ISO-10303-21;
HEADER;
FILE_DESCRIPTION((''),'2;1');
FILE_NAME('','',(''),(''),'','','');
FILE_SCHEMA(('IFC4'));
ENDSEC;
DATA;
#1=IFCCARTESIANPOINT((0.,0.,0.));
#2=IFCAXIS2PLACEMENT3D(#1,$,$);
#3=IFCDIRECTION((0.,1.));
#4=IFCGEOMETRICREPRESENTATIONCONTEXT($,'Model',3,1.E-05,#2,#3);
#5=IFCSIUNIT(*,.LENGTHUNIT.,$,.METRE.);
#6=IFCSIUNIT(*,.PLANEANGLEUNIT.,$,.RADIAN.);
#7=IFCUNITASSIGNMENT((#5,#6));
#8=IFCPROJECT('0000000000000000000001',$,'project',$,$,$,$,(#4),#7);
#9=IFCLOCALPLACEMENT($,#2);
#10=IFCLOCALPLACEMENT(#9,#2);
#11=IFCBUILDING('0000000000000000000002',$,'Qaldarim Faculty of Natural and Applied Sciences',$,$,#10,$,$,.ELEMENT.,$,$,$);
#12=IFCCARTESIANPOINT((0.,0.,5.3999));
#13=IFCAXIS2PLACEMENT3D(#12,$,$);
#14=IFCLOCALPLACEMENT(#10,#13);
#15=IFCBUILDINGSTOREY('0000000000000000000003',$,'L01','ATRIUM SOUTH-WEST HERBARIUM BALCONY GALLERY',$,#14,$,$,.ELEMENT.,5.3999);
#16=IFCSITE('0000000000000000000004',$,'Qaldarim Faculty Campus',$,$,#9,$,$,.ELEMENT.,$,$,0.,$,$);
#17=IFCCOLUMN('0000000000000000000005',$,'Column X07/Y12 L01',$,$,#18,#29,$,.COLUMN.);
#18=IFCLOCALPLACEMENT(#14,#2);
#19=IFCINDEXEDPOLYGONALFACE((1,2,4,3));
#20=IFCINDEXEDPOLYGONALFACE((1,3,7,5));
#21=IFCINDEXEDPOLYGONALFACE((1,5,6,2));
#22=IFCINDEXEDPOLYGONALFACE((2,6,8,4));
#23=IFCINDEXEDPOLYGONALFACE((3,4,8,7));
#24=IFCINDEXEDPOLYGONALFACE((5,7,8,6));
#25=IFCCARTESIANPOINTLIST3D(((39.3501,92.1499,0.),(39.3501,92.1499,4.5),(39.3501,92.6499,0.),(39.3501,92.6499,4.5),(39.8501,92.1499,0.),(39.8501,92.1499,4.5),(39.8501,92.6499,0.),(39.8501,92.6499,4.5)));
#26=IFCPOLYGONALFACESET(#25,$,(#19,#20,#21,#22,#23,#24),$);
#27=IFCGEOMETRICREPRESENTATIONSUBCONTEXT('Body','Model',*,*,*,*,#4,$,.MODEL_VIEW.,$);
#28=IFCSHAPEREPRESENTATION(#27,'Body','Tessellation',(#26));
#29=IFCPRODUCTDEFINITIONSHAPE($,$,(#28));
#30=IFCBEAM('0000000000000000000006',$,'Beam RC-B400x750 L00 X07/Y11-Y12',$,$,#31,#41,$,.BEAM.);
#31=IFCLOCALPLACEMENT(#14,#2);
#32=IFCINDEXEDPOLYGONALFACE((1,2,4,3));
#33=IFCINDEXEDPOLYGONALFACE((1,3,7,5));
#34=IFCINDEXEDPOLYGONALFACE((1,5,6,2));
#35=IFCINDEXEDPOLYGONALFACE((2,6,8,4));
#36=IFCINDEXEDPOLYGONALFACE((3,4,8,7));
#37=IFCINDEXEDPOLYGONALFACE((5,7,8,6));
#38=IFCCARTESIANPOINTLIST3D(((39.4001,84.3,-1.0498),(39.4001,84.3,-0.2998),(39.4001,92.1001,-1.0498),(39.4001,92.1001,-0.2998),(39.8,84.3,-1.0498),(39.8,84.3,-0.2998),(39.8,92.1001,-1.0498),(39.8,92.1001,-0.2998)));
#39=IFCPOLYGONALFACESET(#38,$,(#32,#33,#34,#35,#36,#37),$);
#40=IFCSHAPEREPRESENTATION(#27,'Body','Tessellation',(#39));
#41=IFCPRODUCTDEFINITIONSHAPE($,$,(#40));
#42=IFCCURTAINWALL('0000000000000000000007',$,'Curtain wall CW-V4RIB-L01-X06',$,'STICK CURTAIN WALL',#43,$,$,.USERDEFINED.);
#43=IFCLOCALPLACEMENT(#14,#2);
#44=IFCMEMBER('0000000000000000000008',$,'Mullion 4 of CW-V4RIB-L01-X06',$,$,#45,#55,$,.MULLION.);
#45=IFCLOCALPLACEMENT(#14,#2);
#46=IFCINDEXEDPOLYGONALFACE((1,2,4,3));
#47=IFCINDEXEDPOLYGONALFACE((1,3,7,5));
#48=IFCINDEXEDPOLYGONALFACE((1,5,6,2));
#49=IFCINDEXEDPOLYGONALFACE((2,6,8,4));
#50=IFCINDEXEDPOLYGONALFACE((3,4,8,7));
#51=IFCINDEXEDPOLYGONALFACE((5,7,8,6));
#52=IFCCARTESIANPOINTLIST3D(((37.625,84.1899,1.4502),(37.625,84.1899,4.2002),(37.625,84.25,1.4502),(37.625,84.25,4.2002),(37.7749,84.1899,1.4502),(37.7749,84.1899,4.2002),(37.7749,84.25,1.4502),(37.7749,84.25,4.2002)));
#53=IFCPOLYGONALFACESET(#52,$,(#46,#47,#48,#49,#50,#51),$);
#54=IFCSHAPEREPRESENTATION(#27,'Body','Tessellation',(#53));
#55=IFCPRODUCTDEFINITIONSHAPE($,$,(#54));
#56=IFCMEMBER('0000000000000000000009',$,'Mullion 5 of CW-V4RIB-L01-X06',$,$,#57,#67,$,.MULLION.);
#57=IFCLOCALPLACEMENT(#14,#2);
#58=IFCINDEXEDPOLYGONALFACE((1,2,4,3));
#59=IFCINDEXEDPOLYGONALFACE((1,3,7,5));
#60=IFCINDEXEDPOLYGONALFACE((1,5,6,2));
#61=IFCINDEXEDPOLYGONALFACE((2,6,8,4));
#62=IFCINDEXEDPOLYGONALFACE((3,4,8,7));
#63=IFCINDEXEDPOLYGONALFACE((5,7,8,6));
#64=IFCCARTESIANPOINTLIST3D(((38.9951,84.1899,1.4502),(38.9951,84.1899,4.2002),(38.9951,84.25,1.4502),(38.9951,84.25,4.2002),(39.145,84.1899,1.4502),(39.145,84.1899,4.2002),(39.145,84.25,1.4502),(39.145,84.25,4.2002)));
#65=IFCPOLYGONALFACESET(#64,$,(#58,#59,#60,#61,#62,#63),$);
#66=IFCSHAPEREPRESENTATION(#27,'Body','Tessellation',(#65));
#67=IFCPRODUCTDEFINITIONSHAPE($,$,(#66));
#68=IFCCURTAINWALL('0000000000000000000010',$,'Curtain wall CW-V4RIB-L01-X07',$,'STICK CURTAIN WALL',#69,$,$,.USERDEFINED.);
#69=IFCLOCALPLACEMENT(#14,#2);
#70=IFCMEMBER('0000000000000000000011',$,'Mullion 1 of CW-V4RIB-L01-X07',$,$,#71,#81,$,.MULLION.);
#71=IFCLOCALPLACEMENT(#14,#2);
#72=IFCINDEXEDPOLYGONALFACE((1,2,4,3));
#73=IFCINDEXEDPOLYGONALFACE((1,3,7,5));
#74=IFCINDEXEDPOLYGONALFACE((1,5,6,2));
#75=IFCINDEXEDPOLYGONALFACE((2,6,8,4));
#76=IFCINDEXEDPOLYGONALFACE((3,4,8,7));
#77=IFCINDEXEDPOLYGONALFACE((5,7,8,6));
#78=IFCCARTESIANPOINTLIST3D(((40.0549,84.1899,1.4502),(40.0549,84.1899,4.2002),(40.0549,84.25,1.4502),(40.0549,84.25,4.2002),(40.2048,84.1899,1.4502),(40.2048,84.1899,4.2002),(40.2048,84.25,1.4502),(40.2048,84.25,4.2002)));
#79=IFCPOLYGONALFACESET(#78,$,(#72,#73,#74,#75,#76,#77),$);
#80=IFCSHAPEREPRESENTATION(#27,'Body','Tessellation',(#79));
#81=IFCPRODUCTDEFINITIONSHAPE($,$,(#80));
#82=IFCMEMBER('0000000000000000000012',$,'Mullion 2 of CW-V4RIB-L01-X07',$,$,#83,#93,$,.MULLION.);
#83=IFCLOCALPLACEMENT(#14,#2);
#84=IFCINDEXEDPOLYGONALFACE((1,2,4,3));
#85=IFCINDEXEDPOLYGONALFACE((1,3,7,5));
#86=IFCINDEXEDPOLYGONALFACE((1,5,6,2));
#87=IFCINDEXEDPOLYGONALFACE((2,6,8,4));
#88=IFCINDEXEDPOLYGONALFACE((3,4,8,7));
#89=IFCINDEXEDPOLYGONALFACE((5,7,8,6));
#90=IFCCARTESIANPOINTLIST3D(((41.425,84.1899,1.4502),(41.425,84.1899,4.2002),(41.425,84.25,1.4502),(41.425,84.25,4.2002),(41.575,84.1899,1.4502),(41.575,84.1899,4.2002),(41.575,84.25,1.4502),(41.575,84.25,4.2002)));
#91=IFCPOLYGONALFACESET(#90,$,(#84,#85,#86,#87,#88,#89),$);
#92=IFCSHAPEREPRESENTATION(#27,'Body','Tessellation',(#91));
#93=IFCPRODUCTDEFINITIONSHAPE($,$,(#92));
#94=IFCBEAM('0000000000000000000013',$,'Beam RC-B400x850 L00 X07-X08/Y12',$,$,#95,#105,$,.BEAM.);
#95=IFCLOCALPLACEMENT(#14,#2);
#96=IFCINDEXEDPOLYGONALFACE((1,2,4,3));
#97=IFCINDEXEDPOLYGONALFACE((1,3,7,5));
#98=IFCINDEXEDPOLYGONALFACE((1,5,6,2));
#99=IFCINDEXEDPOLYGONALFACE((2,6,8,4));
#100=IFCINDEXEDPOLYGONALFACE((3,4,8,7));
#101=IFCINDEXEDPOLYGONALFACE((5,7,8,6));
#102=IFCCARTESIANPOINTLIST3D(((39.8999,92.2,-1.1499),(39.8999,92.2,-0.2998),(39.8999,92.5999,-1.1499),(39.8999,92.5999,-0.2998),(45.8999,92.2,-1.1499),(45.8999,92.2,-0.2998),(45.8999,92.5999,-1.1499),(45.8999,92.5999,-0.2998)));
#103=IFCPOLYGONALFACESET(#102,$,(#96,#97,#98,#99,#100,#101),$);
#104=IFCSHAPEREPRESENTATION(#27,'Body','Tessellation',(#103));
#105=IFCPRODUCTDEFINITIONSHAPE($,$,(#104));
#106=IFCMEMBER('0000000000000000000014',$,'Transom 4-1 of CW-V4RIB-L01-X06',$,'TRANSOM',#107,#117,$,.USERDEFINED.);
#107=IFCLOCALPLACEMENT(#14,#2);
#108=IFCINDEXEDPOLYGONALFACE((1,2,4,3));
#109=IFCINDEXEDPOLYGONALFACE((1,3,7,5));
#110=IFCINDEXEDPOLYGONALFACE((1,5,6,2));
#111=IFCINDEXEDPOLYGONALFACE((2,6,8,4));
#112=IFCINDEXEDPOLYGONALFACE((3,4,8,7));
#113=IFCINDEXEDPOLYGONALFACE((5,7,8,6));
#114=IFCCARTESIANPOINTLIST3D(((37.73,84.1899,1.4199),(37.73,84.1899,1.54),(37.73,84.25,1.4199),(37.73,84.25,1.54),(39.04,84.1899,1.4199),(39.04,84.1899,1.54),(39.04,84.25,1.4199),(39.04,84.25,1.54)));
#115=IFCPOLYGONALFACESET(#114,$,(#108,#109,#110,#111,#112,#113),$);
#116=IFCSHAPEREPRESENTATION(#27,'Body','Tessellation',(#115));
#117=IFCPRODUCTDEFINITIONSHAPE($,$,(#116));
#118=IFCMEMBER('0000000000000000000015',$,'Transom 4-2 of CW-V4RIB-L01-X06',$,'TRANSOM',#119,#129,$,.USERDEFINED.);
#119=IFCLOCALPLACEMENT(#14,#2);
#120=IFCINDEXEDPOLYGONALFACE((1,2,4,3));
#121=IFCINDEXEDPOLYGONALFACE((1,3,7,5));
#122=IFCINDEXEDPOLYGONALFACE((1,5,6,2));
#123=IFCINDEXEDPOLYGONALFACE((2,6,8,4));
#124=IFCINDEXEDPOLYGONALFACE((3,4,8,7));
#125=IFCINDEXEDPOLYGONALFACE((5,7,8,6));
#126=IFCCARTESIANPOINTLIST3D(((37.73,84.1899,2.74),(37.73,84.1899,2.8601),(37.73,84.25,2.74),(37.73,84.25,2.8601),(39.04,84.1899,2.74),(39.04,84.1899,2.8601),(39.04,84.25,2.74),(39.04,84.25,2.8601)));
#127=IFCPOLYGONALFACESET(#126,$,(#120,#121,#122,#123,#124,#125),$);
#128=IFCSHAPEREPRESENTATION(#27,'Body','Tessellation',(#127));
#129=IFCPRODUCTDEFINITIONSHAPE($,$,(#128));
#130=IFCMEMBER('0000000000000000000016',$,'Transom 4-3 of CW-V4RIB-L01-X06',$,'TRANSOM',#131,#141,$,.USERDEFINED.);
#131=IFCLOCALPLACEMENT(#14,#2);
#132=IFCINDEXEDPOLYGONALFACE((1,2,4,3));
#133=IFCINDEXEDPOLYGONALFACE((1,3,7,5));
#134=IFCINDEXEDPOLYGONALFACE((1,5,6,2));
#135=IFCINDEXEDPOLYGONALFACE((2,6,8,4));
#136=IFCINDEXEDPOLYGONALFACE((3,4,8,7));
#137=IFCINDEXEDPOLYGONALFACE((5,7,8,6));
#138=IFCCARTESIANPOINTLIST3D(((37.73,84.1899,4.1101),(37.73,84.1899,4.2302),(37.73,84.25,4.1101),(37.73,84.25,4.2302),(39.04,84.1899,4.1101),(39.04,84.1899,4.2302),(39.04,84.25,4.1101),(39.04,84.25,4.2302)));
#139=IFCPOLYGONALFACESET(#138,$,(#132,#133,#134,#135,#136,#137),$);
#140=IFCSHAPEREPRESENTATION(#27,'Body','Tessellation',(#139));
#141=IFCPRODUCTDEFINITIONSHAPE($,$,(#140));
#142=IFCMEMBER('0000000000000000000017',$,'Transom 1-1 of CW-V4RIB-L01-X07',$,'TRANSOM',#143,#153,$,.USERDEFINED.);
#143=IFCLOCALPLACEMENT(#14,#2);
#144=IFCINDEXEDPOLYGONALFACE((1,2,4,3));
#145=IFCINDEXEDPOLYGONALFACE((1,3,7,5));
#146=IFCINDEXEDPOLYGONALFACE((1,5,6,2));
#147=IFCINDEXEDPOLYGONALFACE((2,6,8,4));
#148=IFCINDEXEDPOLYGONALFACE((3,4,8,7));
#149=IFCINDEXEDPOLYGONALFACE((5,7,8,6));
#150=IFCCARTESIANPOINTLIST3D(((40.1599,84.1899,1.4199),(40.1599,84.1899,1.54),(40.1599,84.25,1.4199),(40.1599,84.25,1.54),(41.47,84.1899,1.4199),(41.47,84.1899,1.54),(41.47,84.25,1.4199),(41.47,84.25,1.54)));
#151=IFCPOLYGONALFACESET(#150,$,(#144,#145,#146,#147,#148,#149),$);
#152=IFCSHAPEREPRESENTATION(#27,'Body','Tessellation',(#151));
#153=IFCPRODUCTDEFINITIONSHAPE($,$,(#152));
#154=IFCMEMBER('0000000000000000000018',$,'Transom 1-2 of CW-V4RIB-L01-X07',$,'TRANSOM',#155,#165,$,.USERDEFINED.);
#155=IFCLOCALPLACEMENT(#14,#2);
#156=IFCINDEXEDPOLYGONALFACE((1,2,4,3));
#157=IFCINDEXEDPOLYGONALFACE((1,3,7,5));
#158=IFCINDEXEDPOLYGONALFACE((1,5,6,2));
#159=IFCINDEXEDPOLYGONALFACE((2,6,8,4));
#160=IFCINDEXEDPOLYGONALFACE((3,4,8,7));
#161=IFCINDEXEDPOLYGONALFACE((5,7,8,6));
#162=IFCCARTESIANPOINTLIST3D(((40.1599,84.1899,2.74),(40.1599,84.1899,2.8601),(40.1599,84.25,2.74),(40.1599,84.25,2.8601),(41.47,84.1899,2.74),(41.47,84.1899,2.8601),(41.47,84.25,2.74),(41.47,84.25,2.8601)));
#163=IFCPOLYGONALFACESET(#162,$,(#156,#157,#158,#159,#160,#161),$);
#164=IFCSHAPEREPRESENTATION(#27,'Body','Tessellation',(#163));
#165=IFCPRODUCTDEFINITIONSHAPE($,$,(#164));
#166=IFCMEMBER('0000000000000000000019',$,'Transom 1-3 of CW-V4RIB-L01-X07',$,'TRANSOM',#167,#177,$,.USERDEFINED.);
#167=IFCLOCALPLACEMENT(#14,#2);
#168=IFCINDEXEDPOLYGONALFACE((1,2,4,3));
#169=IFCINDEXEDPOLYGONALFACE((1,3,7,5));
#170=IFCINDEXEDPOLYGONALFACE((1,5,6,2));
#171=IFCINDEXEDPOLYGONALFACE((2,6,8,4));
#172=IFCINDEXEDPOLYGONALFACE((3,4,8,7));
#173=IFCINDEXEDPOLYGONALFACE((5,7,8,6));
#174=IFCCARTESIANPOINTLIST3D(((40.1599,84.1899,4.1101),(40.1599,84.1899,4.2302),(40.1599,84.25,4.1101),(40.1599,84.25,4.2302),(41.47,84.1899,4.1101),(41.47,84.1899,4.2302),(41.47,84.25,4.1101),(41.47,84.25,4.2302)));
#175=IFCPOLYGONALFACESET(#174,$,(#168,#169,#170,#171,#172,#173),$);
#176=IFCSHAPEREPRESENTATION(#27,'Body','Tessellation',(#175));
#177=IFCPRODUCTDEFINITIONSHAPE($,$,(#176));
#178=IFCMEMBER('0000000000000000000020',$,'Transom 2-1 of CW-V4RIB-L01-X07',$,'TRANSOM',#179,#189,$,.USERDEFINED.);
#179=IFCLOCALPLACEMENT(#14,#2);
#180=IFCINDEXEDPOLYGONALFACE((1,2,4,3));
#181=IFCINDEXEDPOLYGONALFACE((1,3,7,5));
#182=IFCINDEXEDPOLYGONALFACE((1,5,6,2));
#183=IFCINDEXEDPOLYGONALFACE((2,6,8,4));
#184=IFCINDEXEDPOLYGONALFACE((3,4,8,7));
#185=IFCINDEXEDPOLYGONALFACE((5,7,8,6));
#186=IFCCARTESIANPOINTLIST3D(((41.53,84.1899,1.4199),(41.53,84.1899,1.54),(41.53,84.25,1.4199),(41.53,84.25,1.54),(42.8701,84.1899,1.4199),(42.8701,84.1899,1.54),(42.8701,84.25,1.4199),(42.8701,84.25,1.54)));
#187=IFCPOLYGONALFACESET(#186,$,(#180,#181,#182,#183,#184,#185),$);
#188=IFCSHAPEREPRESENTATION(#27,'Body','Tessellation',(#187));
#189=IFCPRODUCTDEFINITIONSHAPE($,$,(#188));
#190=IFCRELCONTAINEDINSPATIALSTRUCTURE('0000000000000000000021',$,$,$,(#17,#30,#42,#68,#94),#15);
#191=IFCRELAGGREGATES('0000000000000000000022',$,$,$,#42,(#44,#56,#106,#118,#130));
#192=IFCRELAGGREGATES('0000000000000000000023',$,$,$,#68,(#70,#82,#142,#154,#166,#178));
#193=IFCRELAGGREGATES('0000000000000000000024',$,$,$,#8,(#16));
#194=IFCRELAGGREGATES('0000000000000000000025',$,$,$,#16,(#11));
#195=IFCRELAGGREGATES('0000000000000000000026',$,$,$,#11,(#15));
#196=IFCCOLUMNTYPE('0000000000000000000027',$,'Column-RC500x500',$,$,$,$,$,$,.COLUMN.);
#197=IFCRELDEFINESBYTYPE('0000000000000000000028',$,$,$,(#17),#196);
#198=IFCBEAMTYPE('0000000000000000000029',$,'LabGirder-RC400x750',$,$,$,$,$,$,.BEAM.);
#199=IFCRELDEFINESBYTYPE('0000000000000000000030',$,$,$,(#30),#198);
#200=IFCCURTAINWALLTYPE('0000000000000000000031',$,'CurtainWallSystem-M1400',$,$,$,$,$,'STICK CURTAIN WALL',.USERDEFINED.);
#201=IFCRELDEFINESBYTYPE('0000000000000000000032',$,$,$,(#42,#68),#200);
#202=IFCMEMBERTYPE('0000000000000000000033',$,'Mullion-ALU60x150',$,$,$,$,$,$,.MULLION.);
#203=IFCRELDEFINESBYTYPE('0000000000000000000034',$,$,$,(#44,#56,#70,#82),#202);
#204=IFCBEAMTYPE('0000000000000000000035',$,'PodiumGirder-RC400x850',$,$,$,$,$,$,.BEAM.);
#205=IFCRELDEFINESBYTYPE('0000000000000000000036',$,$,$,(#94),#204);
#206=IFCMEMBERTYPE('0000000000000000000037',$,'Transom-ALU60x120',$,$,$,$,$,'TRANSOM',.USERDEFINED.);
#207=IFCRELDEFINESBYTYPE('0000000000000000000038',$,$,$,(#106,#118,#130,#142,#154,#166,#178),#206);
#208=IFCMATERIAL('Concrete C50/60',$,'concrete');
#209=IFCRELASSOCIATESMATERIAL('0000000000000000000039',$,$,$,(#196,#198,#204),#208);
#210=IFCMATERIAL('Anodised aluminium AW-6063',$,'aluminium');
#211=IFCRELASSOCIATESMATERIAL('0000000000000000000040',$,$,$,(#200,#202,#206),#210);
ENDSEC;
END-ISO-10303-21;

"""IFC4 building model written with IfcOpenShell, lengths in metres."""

from ifc_helpers import new_model, si_unit, direction, frame, origin, origin_2d, place, context, subcontext, project, spatial, rectangle, extrude, material, material_profile, profile_set, type_object, element, aggregate, save


model = new_model("IFC4")

# Units and contexts
model_context = context("Model", 3, precision=1e-05, world=origin(), true_north=direction((0.0, 1.0)))
body_context = subcontext(model_context, "Body", "Model", "MODEL_VIEW")
ifc_project = project(units=[si_unit("LENGTHUNIT", "METRE"), si_unit("PLANEANGLEUNIT", "RADIAN")], contexts=[model_context])

# Site, building, storey
site_placement = place(None, origin())
site = spatial("IfcSite", under=ifc_project, at=site_placement, Name="Qaldarim Faculty Campus", CompositionType="ELEMENT", RefElevation=0.0)
building_placement = place(site_placement, origin())
building = spatial("IfcBuilding", under=site, at=building_placement, Name="Qaldarim Faculty of Natural and Applied Sciences", CompositionType="ELEMENT")
storey_placement = place(building_placement, frame((0.0, 0.0, 5.3999)))
storey = spatial("IfcBuildingStorey", under=building, at=storey_placement, Name="L01", Description="ATRIUM SOUTH-WEST HERBARIUM BALCONY GALLERY", CompositionType="ELEMENT", Elevation=5.3999)

# Column
ifc_material_1 = material(Name="Concrete C50/60", Category="concrete")
ifc_material_profile_1 = material_profile(ifc_material_1, rectangle(XDim=0.5, YDim=0.5, at=origin_2d()), Name="RC-C500x500")
ifc_profile_set_1 = profile_set([ifc_material_profile_1], Name="Concrete C50/60")
column_type = type_object("IfcColumnType", Name="Column-RC500x500", PredefinedType="COLUMN", material=ifc_profile_set_1)
column_placement = place(storey_placement, frame((39.6001, 92.3999, 0.0), z_axis=(0.0, 0.0, 1.0), x_axis=(1.0, 0.0, 0.0)))
element("IfcColumn", 1, at=column_placement, inside=storey, type_object=column_type, Name="Column X07/Y12 L01", PredefinedType="COLUMN", context=body_context, shape_type="SweptSolid", body=[
    extrude(rectangle(XDim=0.5, YDim=0.5, at=origin_2d()), origin(), (0.0, 0.0, 1.0), 4.5),
])

# Beam
ifc_material_profile_2 = material_profile(ifc_material_1, rectangle(XDim=0.3999, YDim=0.75, at=origin_2d()), Name="RC-B400x750")
ifc_profile_set_2 = profile_set([ifc_material_profile_2], Name="Concrete C50/60")
beam_type_1 = type_object("IfcBeamType", Name="LabGirder-RC400x750", PredefinedType="BEAM", material=ifc_profile_set_2)
beam_1_placement = place(storey_placement, frame((39.6001, 84.3, -0.6748), z_axis=(0.0, 1.0, 0.0), x_axis=(-1.0, 0.0, 0.0)))
element("IfcBeam", 2, at=beam_1_placement, inside=storey, type_object=beam_type_1, Name="Beam RC-B400x750 L00 X07/Y11-Y12", PredefinedType="BEAM", context=body_context, shape_type="SweptSolid", body=[
    extrude(rectangle(XDim=0.3999, YDim=0.75, at=origin_2d()), origin(), (0.0, 0.0, 1.0), 7.8),
])

# Curtain walls, members
ifc_material_2 = material(Name="Anodised aluminium AW-6063", Category="aluminium")
curtain_wall_type = type_object("IfcCurtainWallType", Name="CurtainWallSystem-M1400", ElementType="STICK CURTAIN WALL", PredefinedType="USERDEFINED", material=ifc_material_2)
curtain_wall_1_placement = place(storey_placement, origin())
curtain_wall_1 = element("IfcCurtainWall", 3, at=curtain_wall_1_placement, inside=storey, type_object=curtain_wall_type, Name="Curtain wall CW-V4RIB-L01-X06", ObjectType="STICK CURTAIN WALL", PredefinedType="USERDEFINED")
ifc_material_profile_3 = material_profile(ifc_material_2, rectangle(XDim=0.0601, YDim=0.1499, at=origin_2d()), Name="ALU-M60x150")
ifc_profile_set_3 = profile_set([ifc_material_profile_3], Name="Anodised aluminium AW-6063")
member_type_1 = type_object("IfcMemberType", Name="Mullion-ALU60x150", PredefinedType="MULLION", material=ifc_profile_set_3)
member_1_placement = place(storey_placement, frame((37.7, 84.22, 1.4502), z_axis=(0.0, 0.0, 1.0), x_axis=(0.0, 1.0, 0.0)))
member_1 = element("IfcMember", 4, at=member_1_placement, type_object=member_type_1, Name="Mullion 4 of CW-V4RIB-L01-X06", PredefinedType="MULLION", context=body_context, shape_type="SweptSolid", body=[
    extrude(rectangle(XDim=0.0601, YDim=0.1499, at=origin_2d()), origin(), (0.0, 0.0, 1.0), 2.75),
])
member_2_placement = place(storey_placement, frame((39.0701, 84.22, 1.4502), z_axis=(0.0, 0.0, 1.0), x_axis=(0.0, 1.0, 0.0)))
member_2 = element("IfcMember", 5, at=member_2_placement, type_object=member_type_1, Name="Mullion 5 of CW-V4RIB-L01-X06", PredefinedType="MULLION", context=body_context, shape_type="SweptSolid", body=[
    extrude(rectangle(XDim=0.0601, YDim=0.1499, at=origin_2d()), origin(), (0.0, 0.0, 1.0), 2.75),
])
curtain_wall_2_placement = place(storey_placement, origin())
curtain_wall_2 = element("IfcCurtainWall", 6, at=curtain_wall_2_placement, inside=storey, type_object=curtain_wall_type, Name="Curtain wall CW-V4RIB-L01-X07", ObjectType="STICK CURTAIN WALL", PredefinedType="USERDEFINED")
member_3_placement = place(storey_placement, frame((40.1299, 84.22, 1.4502), z_axis=(0.0, 0.0, 1.0), x_axis=(0.0, 1.0, 0.0)))
member_3 = element("IfcMember", 7, at=member_3_placement, type_object=member_type_1, Name="Mullion 1 of CW-V4RIB-L01-X07", PredefinedType="MULLION", context=body_context, shape_type="SweptSolid", body=[
    extrude(rectangle(XDim=0.0601, YDim=0.1499, at=origin_2d()), origin(), (0.0, 0.0, 1.0), 2.75),
])
member_4_placement = place(storey_placement, frame((41.5, 84.22, 1.4502), z_axis=(0.0, 0.0, 1.0), x_axis=(0.0, 1.0, 0.0)))
member_4 = element("IfcMember", 8, at=member_4_placement, type_object=member_type_1, Name="Mullion 2 of CW-V4RIB-L01-X07", PredefinedType="MULLION", context=body_context, shape_type="SweptSolid", body=[
    extrude(rectangle(XDim=0.0601, YDim=0.1499, at=origin_2d()), origin(), (0.0, 0.0, 1.0), 2.75),
])

# Beam
ifc_material_profile_4 = material_profile(ifc_material_1, rectangle(XDim=0.3999, YDim=0.8501, at=origin_2d()), Name="RC-B400x850")
ifc_profile_set_4 = profile_set([ifc_material_profile_4], Name="Concrete C50/60")
beam_type_2 = type_object("IfcBeamType", Name="PodiumGirder-RC400x850", PredefinedType="BEAM", material=ifc_profile_set_4)
beam_2_placement = place(storey_placement, frame((39.8999, 92.3999, -0.7249), z_axis=(1.0, 0.0, 0.0), x_axis=(0.0, 1.0, 0.0)))
element("IfcBeam", 9, at=beam_2_placement, inside=storey, type_object=beam_type_2, Name="Beam RC-B400x850 L00 X07-X08/Y12", PredefinedType="BEAM", context=body_context, shape_type="SweptSolid", body=[
    extrude(rectangle(XDim=0.3999, YDim=0.8501, at=origin_2d()), origin(), (0.0, 0.0, 1.0), 6.0),
])

# Members
ifc_material_profile_5 = material_profile(ifc_material_2, rectangle(XDim=0.0601, YDim=0.1201, at=origin_2d()), Name="ALU-T60x120")
ifc_profile_set_5 = profile_set([ifc_material_profile_5], Name="Anodised aluminium AW-6063")
member_type_2 = type_object("IfcMemberType", Name="Transom-ALU60x120", ElementType="TRANSOM", PredefinedType="USERDEFINED", material=ifc_profile_set_5)
member_5_placement = place(storey_placement, frame((37.73, 84.22, 1.48), z_axis=(1.0, 0.0, 0.0), x_axis=(0.0, 1.0, 0.0)))
member_5 = element("IfcMember", 10, at=member_5_placement, type_object=member_type_2, Name="Transom 4-1 of CW-V4RIB-L01-X06", ObjectType="TRANSOM", PredefinedType="USERDEFINED", context=body_context, shape_type="SweptSolid", body=[
    extrude(rectangle(XDim=0.0601, YDim=0.1201, at=origin_2d()), origin(), (0.0, 0.0, 1.0), 1.3101),
])
member_6_placement = place(storey_placement, frame((37.73, 84.22, 2.8), z_axis=(1.0, 0.0, 0.0), x_axis=(0.0, 1.0, 0.0)))
member_6 = element("IfcMember", 11, at=member_6_placement, type_object=member_type_2, Name="Transom 4-2 of CW-V4RIB-L01-X06", ObjectType="TRANSOM", PredefinedType="USERDEFINED", context=body_context, shape_type="SweptSolid", body=[
    extrude(rectangle(XDim=0.0601, YDim=0.1201, at=origin_2d()), origin(), (0.0, 0.0, 1.0), 1.3101),
])
member_7_placement = place(storey_placement, frame((37.73, 84.22, 4.1702), z_axis=(1.0, 0.0, 0.0), x_axis=(0.0, 1.0, 0.0)))
member_7 = element("IfcMember", 12, at=member_7_placement, type_object=member_type_2, Name="Transom 4-3 of CW-V4RIB-L01-X06", ObjectType="TRANSOM", PredefinedType="USERDEFINED", context=body_context, shape_type="SweptSolid", body=[
    extrude(rectangle(XDim=0.0601, YDim=0.1201, at=origin_2d()), origin(), (0.0, 0.0, 1.0), 1.3101),
])
member_8_placement = place(storey_placement, frame((40.1599, 84.22, 1.48), z_axis=(1.0, 0.0, 0.0), x_axis=(0.0, 1.0, 0.0)))
member_8 = element("IfcMember", 13, at=member_8_placement, type_object=member_type_2, Name="Transom 1-1 of CW-V4RIB-L01-X07", ObjectType="TRANSOM", PredefinedType="USERDEFINED", context=body_context, shape_type="SweptSolid", body=[
    extrude(rectangle(XDim=0.0601, YDim=0.1201, at=origin_2d()), origin(), (0.0, 0.0, 1.0), 1.3101),
])
member_9_placement = place(storey_placement, frame((40.1599, 84.22, 2.8), z_axis=(1.0, 0.0, 0.0), x_axis=(0.0, 1.0, 0.0)))
member_9 = element("IfcMember", 14, at=member_9_placement, type_object=member_type_2, Name="Transom 1-2 of CW-V4RIB-L01-X07", ObjectType="TRANSOM", PredefinedType="USERDEFINED", context=body_context, shape_type="SweptSolid", body=[
    extrude(rectangle(XDim=0.0601, YDim=0.1201, at=origin_2d()), origin(), (0.0, 0.0, 1.0), 1.3101),
])
member_10_placement = place(storey_placement, frame((40.1599, 84.22, 4.1702), z_axis=(1.0, 0.0, 0.0), x_axis=(0.0, 1.0, 0.0)))
member_10 = element("IfcMember", 15, at=member_10_placement, type_object=member_type_2, Name="Transom 1-3 of CW-V4RIB-L01-X07", ObjectType="TRANSOM", PredefinedType="USERDEFINED", context=body_context, shape_type="SweptSolid", body=[
    extrude(rectangle(XDim=0.0601, YDim=0.1201, at=origin_2d()), origin(), (0.0, 0.0, 1.0), 1.3101),
])
member_11_placement = place(storey_placement, frame((41.53, 84.22, 1.48), z_axis=(1.0, 0.0, 0.0), x_axis=(0.0, 1.0, 0.0)))
member_11 = element("IfcMember", 16, at=member_11_placement, type_object=member_type_2, Name="Transom 2-1 of CW-V4RIB-L01-X07", ObjectType="TRANSOM", PredefinedType="USERDEFINED", context=body_context, shape_type="SweptSolid", body=[
    extrude(rectangle(XDim=0.0601, YDim=0.1201, at=origin_2d()), origin(), (0.0, 0.0, 1.0), 1.3401),
])

aggregate(curtain_wall_1, [member_1, member_2, member_5, member_6, member_7])
aggregate(curtain_wall_2, [member_3, member_4, member_8, member_9, member_10, member_11])

save(model, "model.ifc")
